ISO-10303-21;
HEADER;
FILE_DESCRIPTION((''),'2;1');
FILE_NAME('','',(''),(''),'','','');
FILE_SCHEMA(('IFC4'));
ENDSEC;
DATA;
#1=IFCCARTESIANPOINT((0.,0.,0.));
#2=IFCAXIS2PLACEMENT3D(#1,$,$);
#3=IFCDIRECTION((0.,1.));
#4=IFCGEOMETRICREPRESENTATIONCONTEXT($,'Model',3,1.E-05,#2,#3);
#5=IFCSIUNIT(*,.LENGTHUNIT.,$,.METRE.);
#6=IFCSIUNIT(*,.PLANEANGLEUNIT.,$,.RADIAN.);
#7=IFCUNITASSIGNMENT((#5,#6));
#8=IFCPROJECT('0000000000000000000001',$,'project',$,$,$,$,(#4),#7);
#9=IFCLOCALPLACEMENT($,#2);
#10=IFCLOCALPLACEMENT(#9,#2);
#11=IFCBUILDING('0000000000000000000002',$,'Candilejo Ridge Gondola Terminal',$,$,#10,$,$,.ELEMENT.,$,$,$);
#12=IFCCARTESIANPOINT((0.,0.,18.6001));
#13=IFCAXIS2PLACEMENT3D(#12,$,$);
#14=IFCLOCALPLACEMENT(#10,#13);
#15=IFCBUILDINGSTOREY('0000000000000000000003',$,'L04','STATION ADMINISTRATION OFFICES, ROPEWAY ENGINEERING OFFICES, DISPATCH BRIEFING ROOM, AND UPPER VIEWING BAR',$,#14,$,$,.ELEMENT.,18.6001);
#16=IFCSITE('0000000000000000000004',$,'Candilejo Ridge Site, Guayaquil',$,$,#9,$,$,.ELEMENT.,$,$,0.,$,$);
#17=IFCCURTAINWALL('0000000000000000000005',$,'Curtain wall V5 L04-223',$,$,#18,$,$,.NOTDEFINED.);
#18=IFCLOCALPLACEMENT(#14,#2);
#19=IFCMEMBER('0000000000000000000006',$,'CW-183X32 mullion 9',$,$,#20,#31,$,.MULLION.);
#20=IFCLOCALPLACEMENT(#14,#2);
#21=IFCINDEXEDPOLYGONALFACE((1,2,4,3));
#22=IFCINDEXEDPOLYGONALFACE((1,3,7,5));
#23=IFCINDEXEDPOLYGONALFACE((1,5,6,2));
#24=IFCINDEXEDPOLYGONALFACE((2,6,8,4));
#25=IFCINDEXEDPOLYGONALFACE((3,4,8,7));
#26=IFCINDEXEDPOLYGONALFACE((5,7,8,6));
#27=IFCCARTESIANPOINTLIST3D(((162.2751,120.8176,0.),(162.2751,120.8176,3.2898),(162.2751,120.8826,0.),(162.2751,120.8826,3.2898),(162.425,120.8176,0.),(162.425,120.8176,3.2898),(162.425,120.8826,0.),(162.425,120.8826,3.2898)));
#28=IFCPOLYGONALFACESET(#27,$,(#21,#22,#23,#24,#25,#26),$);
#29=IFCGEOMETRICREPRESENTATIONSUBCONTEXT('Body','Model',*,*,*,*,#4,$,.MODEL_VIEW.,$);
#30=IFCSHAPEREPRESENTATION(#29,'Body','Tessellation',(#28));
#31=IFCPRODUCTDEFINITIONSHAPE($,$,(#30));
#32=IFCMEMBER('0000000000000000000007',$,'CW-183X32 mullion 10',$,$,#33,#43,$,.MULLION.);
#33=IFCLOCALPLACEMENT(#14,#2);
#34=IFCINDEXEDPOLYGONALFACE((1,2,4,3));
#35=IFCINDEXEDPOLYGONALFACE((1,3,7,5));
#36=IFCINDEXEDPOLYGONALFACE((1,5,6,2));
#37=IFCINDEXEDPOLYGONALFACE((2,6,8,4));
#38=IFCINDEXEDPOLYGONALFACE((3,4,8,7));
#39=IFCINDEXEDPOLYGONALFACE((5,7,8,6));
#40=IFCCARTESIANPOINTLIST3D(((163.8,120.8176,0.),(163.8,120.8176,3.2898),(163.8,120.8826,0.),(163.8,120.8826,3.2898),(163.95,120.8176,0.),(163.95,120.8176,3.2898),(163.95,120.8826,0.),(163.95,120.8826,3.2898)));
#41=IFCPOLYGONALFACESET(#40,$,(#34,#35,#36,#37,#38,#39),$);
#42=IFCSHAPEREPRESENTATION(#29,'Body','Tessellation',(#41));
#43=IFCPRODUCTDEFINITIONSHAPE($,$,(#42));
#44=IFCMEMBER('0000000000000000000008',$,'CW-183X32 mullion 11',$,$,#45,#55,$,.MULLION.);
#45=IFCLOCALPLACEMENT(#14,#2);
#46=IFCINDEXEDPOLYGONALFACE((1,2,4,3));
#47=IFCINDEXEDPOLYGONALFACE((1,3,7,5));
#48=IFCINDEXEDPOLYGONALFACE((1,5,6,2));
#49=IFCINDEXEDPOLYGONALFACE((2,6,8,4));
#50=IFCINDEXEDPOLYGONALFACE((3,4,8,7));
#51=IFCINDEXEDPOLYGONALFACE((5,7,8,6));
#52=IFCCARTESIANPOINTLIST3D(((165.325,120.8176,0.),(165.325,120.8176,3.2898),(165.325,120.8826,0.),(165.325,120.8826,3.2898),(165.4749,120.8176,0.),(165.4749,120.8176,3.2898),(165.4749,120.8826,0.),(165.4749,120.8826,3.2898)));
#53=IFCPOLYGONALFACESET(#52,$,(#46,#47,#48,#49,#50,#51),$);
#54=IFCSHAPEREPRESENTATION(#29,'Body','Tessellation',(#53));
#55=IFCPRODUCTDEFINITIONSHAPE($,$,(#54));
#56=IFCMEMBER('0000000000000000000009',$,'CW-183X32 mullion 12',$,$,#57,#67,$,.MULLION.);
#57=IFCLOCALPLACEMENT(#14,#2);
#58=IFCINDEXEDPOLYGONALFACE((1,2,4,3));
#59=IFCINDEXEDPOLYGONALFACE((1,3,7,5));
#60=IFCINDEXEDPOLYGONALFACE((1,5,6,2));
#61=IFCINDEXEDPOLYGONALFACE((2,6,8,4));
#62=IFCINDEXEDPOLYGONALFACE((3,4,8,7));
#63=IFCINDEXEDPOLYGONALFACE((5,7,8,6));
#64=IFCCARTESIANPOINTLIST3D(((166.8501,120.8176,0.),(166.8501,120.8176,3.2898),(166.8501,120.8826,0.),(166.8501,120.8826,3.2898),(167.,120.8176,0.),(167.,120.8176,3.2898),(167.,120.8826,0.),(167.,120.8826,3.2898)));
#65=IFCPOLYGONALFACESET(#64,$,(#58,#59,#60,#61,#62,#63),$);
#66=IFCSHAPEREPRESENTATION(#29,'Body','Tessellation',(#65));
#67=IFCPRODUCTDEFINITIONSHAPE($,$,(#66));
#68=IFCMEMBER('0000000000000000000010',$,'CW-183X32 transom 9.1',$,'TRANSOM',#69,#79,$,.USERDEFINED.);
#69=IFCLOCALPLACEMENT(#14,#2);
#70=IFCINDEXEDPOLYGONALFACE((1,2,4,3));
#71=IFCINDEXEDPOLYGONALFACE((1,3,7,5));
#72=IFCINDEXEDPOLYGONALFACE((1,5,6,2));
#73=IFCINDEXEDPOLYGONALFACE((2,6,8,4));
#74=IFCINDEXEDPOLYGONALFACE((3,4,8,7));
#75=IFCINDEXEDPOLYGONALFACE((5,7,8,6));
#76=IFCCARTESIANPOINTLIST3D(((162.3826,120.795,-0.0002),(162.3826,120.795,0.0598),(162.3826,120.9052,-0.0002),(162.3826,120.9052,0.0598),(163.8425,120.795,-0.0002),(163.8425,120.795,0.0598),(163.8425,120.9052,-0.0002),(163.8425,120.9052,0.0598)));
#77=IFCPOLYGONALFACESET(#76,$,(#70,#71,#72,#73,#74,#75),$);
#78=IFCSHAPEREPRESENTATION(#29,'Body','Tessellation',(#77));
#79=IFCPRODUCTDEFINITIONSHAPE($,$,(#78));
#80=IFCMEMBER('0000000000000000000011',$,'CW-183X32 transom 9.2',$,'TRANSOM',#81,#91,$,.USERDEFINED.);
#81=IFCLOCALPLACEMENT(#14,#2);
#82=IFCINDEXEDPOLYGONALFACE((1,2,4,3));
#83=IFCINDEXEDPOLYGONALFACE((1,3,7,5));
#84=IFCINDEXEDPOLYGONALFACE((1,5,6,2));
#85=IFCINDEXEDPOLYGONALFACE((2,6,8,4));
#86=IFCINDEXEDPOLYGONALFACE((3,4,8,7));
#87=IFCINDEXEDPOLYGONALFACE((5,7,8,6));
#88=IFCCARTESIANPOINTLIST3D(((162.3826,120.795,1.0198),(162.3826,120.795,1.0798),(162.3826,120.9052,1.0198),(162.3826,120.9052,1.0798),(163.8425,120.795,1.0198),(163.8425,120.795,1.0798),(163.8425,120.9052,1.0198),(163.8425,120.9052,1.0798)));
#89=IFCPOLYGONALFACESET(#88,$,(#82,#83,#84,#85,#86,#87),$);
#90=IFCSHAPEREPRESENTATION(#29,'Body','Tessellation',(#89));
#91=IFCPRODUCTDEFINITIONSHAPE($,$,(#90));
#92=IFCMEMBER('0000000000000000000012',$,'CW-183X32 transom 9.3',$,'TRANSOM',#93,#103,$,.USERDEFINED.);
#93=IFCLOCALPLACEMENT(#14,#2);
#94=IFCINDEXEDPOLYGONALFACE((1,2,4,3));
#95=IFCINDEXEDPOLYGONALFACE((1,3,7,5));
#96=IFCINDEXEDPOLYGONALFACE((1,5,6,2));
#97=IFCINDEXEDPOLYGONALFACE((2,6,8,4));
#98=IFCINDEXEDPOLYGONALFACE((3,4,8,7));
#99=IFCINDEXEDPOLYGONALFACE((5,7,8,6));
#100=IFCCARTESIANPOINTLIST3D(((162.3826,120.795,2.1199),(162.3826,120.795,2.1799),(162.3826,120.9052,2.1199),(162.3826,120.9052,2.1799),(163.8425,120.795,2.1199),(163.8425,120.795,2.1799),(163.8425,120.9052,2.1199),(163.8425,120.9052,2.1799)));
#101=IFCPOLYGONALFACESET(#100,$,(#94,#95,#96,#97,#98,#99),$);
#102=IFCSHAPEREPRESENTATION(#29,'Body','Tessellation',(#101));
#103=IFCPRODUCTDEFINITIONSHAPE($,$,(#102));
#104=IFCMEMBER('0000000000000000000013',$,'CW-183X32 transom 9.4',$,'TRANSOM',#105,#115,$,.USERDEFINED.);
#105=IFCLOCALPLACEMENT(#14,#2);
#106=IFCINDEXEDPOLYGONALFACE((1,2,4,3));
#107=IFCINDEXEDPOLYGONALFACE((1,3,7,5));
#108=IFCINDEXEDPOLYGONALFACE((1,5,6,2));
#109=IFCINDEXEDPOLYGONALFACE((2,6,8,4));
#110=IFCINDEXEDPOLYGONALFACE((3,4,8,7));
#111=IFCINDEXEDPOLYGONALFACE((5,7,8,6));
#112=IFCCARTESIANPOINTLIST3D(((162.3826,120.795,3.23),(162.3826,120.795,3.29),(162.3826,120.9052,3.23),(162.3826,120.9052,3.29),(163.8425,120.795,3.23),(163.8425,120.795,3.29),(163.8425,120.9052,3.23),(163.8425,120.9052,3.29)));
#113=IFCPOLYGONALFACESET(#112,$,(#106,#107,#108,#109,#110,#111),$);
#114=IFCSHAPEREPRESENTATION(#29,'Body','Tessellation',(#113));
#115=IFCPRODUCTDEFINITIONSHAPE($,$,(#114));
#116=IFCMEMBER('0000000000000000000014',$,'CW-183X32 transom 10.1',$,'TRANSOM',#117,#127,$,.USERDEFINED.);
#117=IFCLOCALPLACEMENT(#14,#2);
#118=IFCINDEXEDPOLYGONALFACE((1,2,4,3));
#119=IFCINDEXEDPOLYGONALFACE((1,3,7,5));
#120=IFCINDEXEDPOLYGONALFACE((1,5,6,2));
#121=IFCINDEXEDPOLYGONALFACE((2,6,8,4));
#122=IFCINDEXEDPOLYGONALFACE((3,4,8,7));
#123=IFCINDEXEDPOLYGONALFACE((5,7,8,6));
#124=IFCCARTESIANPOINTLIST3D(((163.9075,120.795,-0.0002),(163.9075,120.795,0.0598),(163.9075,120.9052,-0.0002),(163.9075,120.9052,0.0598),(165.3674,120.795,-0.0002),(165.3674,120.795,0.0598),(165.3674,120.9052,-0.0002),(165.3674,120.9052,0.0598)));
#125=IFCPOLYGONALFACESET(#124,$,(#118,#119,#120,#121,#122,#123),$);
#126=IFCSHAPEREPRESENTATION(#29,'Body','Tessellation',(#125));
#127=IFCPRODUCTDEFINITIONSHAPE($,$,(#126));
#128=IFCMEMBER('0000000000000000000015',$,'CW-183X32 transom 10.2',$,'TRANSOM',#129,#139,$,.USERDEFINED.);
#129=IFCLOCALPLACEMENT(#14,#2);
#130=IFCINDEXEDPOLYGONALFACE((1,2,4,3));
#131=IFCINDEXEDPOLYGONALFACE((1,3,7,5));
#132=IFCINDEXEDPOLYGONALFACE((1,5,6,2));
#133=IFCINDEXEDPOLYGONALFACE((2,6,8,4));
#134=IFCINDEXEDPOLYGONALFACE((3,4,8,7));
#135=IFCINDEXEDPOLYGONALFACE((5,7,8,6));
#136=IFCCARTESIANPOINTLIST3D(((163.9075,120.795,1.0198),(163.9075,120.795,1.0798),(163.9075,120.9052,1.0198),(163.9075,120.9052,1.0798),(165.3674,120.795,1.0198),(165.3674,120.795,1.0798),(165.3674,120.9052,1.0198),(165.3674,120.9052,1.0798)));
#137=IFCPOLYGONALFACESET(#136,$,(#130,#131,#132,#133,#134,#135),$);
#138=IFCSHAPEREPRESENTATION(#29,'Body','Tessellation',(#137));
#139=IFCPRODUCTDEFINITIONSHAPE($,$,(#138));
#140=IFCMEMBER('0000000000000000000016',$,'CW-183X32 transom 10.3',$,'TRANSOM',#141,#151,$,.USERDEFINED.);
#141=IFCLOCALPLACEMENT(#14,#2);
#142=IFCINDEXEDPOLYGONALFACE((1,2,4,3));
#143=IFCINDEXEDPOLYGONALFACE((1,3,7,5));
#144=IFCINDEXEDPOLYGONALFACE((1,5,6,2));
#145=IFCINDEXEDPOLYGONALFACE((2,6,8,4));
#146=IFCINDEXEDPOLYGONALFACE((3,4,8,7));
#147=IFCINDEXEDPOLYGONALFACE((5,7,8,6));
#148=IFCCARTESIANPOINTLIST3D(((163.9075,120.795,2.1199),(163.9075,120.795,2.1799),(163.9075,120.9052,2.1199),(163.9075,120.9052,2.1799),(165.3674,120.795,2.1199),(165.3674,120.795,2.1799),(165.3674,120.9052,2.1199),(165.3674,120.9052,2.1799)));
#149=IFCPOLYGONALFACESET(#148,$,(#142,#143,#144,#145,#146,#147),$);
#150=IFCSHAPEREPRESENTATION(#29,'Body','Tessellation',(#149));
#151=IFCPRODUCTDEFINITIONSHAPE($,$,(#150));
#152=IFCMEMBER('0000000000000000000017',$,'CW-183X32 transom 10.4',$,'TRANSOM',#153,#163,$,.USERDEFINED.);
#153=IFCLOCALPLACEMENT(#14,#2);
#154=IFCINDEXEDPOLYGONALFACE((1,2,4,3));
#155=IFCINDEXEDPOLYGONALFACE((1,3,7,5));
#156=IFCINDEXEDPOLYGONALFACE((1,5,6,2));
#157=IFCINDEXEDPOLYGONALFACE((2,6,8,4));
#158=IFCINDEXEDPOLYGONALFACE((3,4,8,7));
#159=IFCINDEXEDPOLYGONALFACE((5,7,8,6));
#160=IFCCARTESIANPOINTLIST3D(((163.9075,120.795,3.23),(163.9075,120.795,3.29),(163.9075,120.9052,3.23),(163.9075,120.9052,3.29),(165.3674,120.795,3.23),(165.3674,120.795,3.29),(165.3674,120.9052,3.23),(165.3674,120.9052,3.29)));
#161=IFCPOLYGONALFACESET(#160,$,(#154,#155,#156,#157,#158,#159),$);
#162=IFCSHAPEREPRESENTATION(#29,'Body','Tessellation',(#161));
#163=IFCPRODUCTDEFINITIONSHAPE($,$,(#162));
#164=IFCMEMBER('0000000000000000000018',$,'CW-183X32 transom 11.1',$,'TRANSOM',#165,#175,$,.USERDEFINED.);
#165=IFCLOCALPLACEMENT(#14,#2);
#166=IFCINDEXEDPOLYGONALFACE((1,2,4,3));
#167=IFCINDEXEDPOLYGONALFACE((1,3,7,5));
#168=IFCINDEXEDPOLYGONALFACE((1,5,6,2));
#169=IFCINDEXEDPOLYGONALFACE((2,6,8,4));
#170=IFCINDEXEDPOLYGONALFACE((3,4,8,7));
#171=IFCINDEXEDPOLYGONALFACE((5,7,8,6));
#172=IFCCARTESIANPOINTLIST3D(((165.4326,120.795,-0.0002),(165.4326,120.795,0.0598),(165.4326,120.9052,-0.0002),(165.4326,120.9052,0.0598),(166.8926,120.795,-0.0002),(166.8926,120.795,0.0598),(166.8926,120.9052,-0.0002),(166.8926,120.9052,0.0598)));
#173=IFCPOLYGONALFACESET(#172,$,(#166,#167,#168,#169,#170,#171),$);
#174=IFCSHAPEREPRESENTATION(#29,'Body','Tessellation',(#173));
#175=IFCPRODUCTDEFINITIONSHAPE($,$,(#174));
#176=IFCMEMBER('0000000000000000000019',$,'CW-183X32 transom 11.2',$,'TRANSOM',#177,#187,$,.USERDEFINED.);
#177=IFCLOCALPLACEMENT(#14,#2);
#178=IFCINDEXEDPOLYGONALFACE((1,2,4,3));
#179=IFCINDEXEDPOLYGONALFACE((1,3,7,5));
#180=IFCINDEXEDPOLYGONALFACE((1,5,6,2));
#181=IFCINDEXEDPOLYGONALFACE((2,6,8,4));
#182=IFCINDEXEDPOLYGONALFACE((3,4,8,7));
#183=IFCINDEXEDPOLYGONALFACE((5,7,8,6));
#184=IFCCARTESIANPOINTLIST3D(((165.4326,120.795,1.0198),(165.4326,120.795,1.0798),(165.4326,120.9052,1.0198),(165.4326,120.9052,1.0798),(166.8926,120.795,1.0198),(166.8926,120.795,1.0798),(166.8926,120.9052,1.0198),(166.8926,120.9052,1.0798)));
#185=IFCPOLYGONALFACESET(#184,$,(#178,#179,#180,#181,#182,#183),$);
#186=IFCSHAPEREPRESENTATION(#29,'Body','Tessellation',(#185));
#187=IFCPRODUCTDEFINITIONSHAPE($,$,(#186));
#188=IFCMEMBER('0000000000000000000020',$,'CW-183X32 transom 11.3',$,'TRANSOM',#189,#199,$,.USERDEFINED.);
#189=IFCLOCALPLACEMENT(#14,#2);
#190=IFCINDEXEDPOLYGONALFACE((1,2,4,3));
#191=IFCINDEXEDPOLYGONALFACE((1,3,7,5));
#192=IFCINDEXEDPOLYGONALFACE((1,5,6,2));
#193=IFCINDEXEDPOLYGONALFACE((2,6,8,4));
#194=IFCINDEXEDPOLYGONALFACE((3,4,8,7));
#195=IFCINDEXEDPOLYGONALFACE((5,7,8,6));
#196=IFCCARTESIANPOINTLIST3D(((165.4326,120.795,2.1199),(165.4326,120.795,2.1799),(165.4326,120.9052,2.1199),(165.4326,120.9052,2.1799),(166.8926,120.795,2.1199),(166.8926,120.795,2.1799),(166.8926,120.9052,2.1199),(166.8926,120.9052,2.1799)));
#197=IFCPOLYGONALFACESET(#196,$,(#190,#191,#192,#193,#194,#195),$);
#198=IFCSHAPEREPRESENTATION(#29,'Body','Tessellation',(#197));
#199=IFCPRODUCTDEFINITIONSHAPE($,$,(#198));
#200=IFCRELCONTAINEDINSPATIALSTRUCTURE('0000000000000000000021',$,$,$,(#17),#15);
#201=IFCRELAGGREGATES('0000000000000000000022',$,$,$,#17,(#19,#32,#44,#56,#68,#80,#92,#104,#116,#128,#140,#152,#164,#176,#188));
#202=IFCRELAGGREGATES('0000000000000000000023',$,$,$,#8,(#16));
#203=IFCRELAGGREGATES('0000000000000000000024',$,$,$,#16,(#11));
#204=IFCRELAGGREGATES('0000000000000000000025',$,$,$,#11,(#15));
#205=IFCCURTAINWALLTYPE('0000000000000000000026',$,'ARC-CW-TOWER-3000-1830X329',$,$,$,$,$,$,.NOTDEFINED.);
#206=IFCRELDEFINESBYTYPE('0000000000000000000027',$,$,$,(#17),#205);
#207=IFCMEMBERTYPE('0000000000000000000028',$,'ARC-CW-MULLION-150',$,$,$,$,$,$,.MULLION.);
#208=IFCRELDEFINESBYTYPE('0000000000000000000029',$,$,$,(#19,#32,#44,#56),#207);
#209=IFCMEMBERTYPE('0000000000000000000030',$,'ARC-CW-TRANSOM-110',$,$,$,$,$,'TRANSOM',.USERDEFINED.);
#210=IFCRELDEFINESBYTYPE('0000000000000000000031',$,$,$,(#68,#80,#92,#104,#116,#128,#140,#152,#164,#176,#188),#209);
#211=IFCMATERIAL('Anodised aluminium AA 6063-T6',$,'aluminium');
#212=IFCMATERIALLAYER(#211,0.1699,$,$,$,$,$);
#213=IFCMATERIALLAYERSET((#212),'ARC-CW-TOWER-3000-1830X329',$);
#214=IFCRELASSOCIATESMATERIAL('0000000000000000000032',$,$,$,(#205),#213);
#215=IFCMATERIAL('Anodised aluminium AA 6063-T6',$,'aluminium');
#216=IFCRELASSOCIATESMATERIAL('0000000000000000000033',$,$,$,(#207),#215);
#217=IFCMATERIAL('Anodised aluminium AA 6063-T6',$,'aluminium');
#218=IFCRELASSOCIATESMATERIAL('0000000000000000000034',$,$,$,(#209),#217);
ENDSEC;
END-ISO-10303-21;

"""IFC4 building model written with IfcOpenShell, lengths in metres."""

from ifc_helpers import new_model, si_unit, direction, frame, origin, origin_2d, place, context, subcontext, project, spatial, rectangle, extrude, material, layer, layer_set, material_profile, profile_set, type_object, element, aggregate, save


model = new_model("IFC4")

# Units and contexts
model_context = context("Model", 3, precision=1e-05, world=origin(), true_north=direction((0.0, 1.0)))
body_context = subcontext(model_context, "Body", "Model", "MODEL_VIEW")
ifc_project = project(units=[si_unit("LENGTHUNIT", "METRE"), si_unit("PLANEANGLEUNIT", "RADIAN")], contexts=[model_context])

# Site, building, storey
site_placement = place(None, origin())
site = spatial("IfcSite", under=ifc_project, at=site_placement, Name="Candilejo Ridge Site, Guayaquil", CompositionType="ELEMENT", RefElevation=0.0)
building_placement = place(site_placement, origin())
building = spatial("IfcBuilding", under=site, at=building_placement, Name="Candilejo Ridge Gondola Terminal", CompositionType="ELEMENT")
storey_placement = place(building_placement, frame((0.0, 0.0, 18.6001)))
storey = spatial("IfcBuildingStorey", under=building, at=storey_placement, Name="L04", Description="STATION ADMINISTRATION OFFICES, ROPEWAY ENGINEERING OFFICES, DISPATCH BRIEFING ROOM, AND UPPER VIEWING BAR", CompositionType="ELEMENT", Elevation=18.6001)

# Curtain wall, members
ifc_material_1 = material(Name="Anodised aluminium AA 6063-T6", Category="aluminium")
ifc_layer_1 = layer(ifc_material_1, 0.1699)
ifc_layer_set_1 = layer_set([ifc_layer_1], Name="ARC-CW-TOWER-3000-1830X329")
curtain_wall_type = type_object("IfcCurtainWallType", Name="ARC-CW-TOWER-3000-1830X329", PredefinedType="NOTDEFINED", material=ifc_layer_set_1)
curtain_wall_placement = place(storey_placement, origin())
curtain_wall = element("IfcCurtainWall", 1, at=curtain_wall_placement, inside=storey, type_object=curtain_wall_type, Name="Curtain wall V5 L04-223", PredefinedType="NOTDEFINED")
ifc_material_2 = material(Name="Anodised aluminium AA 6063-T6", Category="aluminium")
ifc_material_profile_1 = material_profile(ifc_material_2, rectangle(XDim=0.0649, YDim=0.1499, at=origin_2d()))
ifc_profile_set_1 = profile_set([ifc_material_profile_1], Name="Anodised aluminium AA 6063-T6")
member_type_1 = type_object("IfcMemberType", Name="ARC-CW-MULLION-150", PredefinedType="MULLION", material=ifc_profile_set_1)
member_1_placement = place(storey_placement, frame((162.3501, 120.8501, 0.0), z_axis=(0.0, 0.0, 1.0), x_axis=(0.0, 1.0, 0.0)))
member_1 = element("IfcMember", 2, at=member_1_placement, type_object=member_type_1, Name="CW-183X32 mullion 9", PredefinedType="MULLION", context=body_context, shape_type="SweptSolid", body=[
    extrude(rectangle(XDim=0.0649, YDim=0.1499, at=origin_2d()), origin(), (0.0, 0.0, 1.0), 3.2898),
])
member_2_placement = place(storey_placement, frame((163.875, 120.8501, 0.0), z_axis=(0.0, 0.0, 1.0), x_axis=(0.0, 1.0, 0.0)))
member_2 = element("IfcMember", 3, at=member_2_placement, type_object=member_type_1, Name="CW-183X32 mullion 10", PredefinedType="MULLION", context=body_context, shape_type="SweptSolid", body=[
    extrude(rectangle(XDim=0.0649, YDim=0.1499, at=origin_2d()), origin(), (0.0, 0.0, 1.0), 3.2898),
])
member_3_placement = place(storey_placement, frame((165.3999, 120.8501, 0.0), z_axis=(0.0, 0.0, 1.0), x_axis=(0.0, 1.0, 0.0)))
member_3 = element("IfcMember", 4, at=member_3_placement, type_object=member_type_1, Name="CW-183X32 mullion 11", PredefinedType="MULLION", context=body_context, shape_type="SweptSolid", body=[
    extrude(rectangle(XDim=0.0649, YDim=0.1499, at=origin_2d()), origin(), (0.0, 0.0, 1.0), 3.2898),
])
member_4_placement = place(storey_placement, frame((166.925, 120.8501, 0.0), z_axis=(0.0, 0.0, 1.0), x_axis=(0.0, 1.0, 0.0)))
member_4 = element("IfcMember", 5, at=member_4_placement, type_object=member_type_1, Name="CW-183X32 mullion 12", PredefinedType="MULLION", context=body_context, shape_type="SweptSolid", body=[
    extrude(rectangle(XDim=0.0649, YDim=0.1499, at=origin_2d()), origin(), (0.0, 0.0, 1.0), 3.2898),
])
ifc_material_3 = material(Name="Anodised aluminium AA 6063-T6", Category="aluminium")
ifc_material_profile_2 = material_profile(ifc_material_3, rectangle(XDim=0.1101, YDim=0.0601, at=origin_2d()))
ifc_profile_set_2 = profile_set([ifc_material_profile_2], Name="Anodised aluminium AA 6063-T6")
member_type_2 = type_object("IfcMemberType", Name="ARC-CW-TRANSOM-110", ElementType="TRANSOM", PredefinedType="USERDEFINED", material=ifc_profile_set_2)
member_5_placement = place(storey_placement, frame((162.3826, 120.8501, 0.0298), z_axis=(1.0, 0.0, 0.0), x_axis=(0.0, 1.0, 0.0)))
member_5 = element("IfcMember", 6, at=member_5_placement, type_object=member_type_2, Name="CW-183X32 transom 9.1", ObjectType="TRANSOM", PredefinedType="USERDEFINED", context=body_context, shape_type="SweptSolid", body=[
    extrude(rectangle(XDim=0.1101, YDim=0.0601, at=origin_2d()), origin(), (0.0, 0.0, 1.0), 1.46),
])
member_6_placement = place(storey_placement, frame((162.3826, 120.8501, 1.0498), z_axis=(1.0, 0.0, 0.0), x_axis=(0.0, 1.0, 0.0)))
member_6 = element("IfcMember", 7, at=member_6_placement, type_object=member_type_2, Name="CW-183X32 transom 9.2", ObjectType="TRANSOM", PredefinedType="USERDEFINED", context=body_context, shape_type="SweptSolid", body=[
    extrude(rectangle(XDim=0.1101, YDim=0.0601, at=origin_2d()), origin(), (0.0, 0.0, 1.0), 1.46),
])
member_7_placement = place(storey_placement, frame((162.3826, 120.8501, 2.1499), z_axis=(1.0, 0.0, 0.0), x_axis=(0.0, 1.0, 0.0)))
member_7 = element("IfcMember", 8, at=member_7_placement, type_object=member_type_2, Name="CW-183X32 transom 9.3", ObjectType="TRANSOM", PredefinedType="USERDEFINED", context=body_context, shape_type="SweptSolid", body=[
    extrude(rectangle(XDim=0.1101, YDim=0.0601, at=origin_2d()), origin(), (0.0, 0.0, 1.0), 1.46),
])
member_8_placement = place(storey_placement, frame((162.3826, 120.8501, 3.26), z_axis=(1.0, 0.0, 0.0), x_axis=(0.0, 1.0, 0.0)))
member_8 = element("IfcMember", 9, at=member_8_placement, type_object=member_type_2, Name="CW-183X32 transom 9.4", ObjectType="TRANSOM", PredefinedType="USERDEFINED", context=body_context, shape_type="SweptSolid", body=[
    extrude(rectangle(XDim=0.1101, YDim=0.0601, at=origin_2d()), origin(), (0.0, 0.0, 1.0), 1.46),
])
member_9_placement = place(storey_placement, frame((163.9075, 120.8501, 0.0298), z_axis=(1.0, 0.0, 0.0), x_axis=(0.0, 1.0, 0.0)))
member_9 = element("IfcMember", 10, at=member_9_placement, type_object=member_type_2, Name="CW-183X32 transom 10.1", ObjectType="TRANSOM", PredefinedType="USERDEFINED", context=body_context, shape_type="SweptSolid", body=[
    extrude(rectangle(XDim=0.1101, YDim=0.0601, at=origin_2d()), origin(), (0.0, 0.0, 1.0), 1.46),
])
member_10_placement = place(storey_placement, frame((163.9075, 120.8501, 1.0498), z_axis=(1.0, 0.0, 0.0), x_axis=(0.0, 1.0, 0.0)))
member_10 = element("IfcMember", 11, at=member_10_placement, type_object=member_type_2, Name="CW-183X32 transom 10.2", ObjectType="TRANSOM", PredefinedType="USERDEFINED", context=body_context, shape_type="SweptSolid", body=[
    extrude(rectangle(XDim=0.1101, YDim=0.0601, at=origin_2d()), origin(), (0.0, 0.0, 1.0), 1.46),
])
member_11_placement = place(storey_placement, frame((163.9075, 120.8501, 2.1499), z_axis=(1.0, 0.0, 0.0), x_axis=(0.0, 1.0, 0.0)))
member_11 = element("IfcMember", 12, at=member_11_placement, type_object=member_type_2, Name="CW-183X32 transom 10.3", ObjectType="TRANSOM", PredefinedType="USERDEFINED", context=body_context, shape_type="SweptSolid", body=[
    extrude(rectangle(XDim=0.1101, YDim=0.0601, at=origin_2d()), origin(), (0.0, 0.0, 1.0), 1.46),
])
member_12_placement = place(storey_placement, frame((163.9075, 120.8501, 3.26), z_axis=(1.0, 0.0, 0.0), x_axis=(0.0, 1.0, 0.0)))
member_12 = element("IfcMember", 13, at=member_12_placement, type_object=member_type_2, Name="CW-183X32 transom 10.4", ObjectType="TRANSOM", PredefinedType="USERDEFINED", context=body_context, shape_type="SweptSolid", body=[
    extrude(rectangle(XDim=0.1101, YDim=0.0601, at=origin_2d()), origin(), (0.0, 0.0, 1.0), 1.46),
])
member_13_placement = place(storey_placement, frame((165.4326, 120.8501, 0.0298), z_axis=(1.0, 0.0, 0.0), x_axis=(0.0, 1.0, 0.0)))
member_13 = element("IfcMember", 14, at=member_13_placement, type_object=member_type_2, Name="CW-183X32 transom 11.1", ObjectType="TRANSOM", PredefinedType="USERDEFINED", context=body_context, shape_type="SweptSolid", body=[
    extrude(rectangle(XDim=0.1101, YDim=0.0601, at=origin_2d()), origin(), (0.0, 0.0, 1.0), 1.46),
])
member_14_placement = place(storey_placement, frame((165.4326, 120.8501, 1.0498), z_axis=(1.0, 0.0, 0.0), x_axis=(0.0, 1.0, 0.0)))
member_14 = element("IfcMember", 15, at=member_14_placement, type_object=member_type_2, Name="CW-183X32 transom 11.2", ObjectType="TRANSOM", PredefinedType="USERDEFINED", context=body_context, shape_type="SweptSolid", body=[
    extrude(rectangle(XDim=0.1101, YDim=0.0601, at=origin_2d()), origin(), (0.0, 0.0, 1.0), 1.46),
])
member_15_placement = place(storey_placement, frame((165.4326, 120.8501, 2.1499), z_axis=(1.0, 0.0, 0.0), x_axis=(0.0, 1.0, 0.0)))
member_15 = element("IfcMember", 16, at=member_15_placement, type_object=member_type_2, Name="CW-183X32 transom 11.3", ObjectType="TRANSOM", PredefinedType="USERDEFINED", context=body_context, shape_type="SweptSolid", body=[
    extrude(rectangle(XDim=0.1101, YDim=0.0601, at=origin_2d()), origin(), (0.0, 0.0, 1.0), 1.46),
])
aggregate(curtain_wall, [member_1, member_2, member_3, member_4, member_5, member_6, member_7, member_8, member_9, member_10, member_11, member_12, member_13, member_14, member_15])

save(model, "model.ifc")
